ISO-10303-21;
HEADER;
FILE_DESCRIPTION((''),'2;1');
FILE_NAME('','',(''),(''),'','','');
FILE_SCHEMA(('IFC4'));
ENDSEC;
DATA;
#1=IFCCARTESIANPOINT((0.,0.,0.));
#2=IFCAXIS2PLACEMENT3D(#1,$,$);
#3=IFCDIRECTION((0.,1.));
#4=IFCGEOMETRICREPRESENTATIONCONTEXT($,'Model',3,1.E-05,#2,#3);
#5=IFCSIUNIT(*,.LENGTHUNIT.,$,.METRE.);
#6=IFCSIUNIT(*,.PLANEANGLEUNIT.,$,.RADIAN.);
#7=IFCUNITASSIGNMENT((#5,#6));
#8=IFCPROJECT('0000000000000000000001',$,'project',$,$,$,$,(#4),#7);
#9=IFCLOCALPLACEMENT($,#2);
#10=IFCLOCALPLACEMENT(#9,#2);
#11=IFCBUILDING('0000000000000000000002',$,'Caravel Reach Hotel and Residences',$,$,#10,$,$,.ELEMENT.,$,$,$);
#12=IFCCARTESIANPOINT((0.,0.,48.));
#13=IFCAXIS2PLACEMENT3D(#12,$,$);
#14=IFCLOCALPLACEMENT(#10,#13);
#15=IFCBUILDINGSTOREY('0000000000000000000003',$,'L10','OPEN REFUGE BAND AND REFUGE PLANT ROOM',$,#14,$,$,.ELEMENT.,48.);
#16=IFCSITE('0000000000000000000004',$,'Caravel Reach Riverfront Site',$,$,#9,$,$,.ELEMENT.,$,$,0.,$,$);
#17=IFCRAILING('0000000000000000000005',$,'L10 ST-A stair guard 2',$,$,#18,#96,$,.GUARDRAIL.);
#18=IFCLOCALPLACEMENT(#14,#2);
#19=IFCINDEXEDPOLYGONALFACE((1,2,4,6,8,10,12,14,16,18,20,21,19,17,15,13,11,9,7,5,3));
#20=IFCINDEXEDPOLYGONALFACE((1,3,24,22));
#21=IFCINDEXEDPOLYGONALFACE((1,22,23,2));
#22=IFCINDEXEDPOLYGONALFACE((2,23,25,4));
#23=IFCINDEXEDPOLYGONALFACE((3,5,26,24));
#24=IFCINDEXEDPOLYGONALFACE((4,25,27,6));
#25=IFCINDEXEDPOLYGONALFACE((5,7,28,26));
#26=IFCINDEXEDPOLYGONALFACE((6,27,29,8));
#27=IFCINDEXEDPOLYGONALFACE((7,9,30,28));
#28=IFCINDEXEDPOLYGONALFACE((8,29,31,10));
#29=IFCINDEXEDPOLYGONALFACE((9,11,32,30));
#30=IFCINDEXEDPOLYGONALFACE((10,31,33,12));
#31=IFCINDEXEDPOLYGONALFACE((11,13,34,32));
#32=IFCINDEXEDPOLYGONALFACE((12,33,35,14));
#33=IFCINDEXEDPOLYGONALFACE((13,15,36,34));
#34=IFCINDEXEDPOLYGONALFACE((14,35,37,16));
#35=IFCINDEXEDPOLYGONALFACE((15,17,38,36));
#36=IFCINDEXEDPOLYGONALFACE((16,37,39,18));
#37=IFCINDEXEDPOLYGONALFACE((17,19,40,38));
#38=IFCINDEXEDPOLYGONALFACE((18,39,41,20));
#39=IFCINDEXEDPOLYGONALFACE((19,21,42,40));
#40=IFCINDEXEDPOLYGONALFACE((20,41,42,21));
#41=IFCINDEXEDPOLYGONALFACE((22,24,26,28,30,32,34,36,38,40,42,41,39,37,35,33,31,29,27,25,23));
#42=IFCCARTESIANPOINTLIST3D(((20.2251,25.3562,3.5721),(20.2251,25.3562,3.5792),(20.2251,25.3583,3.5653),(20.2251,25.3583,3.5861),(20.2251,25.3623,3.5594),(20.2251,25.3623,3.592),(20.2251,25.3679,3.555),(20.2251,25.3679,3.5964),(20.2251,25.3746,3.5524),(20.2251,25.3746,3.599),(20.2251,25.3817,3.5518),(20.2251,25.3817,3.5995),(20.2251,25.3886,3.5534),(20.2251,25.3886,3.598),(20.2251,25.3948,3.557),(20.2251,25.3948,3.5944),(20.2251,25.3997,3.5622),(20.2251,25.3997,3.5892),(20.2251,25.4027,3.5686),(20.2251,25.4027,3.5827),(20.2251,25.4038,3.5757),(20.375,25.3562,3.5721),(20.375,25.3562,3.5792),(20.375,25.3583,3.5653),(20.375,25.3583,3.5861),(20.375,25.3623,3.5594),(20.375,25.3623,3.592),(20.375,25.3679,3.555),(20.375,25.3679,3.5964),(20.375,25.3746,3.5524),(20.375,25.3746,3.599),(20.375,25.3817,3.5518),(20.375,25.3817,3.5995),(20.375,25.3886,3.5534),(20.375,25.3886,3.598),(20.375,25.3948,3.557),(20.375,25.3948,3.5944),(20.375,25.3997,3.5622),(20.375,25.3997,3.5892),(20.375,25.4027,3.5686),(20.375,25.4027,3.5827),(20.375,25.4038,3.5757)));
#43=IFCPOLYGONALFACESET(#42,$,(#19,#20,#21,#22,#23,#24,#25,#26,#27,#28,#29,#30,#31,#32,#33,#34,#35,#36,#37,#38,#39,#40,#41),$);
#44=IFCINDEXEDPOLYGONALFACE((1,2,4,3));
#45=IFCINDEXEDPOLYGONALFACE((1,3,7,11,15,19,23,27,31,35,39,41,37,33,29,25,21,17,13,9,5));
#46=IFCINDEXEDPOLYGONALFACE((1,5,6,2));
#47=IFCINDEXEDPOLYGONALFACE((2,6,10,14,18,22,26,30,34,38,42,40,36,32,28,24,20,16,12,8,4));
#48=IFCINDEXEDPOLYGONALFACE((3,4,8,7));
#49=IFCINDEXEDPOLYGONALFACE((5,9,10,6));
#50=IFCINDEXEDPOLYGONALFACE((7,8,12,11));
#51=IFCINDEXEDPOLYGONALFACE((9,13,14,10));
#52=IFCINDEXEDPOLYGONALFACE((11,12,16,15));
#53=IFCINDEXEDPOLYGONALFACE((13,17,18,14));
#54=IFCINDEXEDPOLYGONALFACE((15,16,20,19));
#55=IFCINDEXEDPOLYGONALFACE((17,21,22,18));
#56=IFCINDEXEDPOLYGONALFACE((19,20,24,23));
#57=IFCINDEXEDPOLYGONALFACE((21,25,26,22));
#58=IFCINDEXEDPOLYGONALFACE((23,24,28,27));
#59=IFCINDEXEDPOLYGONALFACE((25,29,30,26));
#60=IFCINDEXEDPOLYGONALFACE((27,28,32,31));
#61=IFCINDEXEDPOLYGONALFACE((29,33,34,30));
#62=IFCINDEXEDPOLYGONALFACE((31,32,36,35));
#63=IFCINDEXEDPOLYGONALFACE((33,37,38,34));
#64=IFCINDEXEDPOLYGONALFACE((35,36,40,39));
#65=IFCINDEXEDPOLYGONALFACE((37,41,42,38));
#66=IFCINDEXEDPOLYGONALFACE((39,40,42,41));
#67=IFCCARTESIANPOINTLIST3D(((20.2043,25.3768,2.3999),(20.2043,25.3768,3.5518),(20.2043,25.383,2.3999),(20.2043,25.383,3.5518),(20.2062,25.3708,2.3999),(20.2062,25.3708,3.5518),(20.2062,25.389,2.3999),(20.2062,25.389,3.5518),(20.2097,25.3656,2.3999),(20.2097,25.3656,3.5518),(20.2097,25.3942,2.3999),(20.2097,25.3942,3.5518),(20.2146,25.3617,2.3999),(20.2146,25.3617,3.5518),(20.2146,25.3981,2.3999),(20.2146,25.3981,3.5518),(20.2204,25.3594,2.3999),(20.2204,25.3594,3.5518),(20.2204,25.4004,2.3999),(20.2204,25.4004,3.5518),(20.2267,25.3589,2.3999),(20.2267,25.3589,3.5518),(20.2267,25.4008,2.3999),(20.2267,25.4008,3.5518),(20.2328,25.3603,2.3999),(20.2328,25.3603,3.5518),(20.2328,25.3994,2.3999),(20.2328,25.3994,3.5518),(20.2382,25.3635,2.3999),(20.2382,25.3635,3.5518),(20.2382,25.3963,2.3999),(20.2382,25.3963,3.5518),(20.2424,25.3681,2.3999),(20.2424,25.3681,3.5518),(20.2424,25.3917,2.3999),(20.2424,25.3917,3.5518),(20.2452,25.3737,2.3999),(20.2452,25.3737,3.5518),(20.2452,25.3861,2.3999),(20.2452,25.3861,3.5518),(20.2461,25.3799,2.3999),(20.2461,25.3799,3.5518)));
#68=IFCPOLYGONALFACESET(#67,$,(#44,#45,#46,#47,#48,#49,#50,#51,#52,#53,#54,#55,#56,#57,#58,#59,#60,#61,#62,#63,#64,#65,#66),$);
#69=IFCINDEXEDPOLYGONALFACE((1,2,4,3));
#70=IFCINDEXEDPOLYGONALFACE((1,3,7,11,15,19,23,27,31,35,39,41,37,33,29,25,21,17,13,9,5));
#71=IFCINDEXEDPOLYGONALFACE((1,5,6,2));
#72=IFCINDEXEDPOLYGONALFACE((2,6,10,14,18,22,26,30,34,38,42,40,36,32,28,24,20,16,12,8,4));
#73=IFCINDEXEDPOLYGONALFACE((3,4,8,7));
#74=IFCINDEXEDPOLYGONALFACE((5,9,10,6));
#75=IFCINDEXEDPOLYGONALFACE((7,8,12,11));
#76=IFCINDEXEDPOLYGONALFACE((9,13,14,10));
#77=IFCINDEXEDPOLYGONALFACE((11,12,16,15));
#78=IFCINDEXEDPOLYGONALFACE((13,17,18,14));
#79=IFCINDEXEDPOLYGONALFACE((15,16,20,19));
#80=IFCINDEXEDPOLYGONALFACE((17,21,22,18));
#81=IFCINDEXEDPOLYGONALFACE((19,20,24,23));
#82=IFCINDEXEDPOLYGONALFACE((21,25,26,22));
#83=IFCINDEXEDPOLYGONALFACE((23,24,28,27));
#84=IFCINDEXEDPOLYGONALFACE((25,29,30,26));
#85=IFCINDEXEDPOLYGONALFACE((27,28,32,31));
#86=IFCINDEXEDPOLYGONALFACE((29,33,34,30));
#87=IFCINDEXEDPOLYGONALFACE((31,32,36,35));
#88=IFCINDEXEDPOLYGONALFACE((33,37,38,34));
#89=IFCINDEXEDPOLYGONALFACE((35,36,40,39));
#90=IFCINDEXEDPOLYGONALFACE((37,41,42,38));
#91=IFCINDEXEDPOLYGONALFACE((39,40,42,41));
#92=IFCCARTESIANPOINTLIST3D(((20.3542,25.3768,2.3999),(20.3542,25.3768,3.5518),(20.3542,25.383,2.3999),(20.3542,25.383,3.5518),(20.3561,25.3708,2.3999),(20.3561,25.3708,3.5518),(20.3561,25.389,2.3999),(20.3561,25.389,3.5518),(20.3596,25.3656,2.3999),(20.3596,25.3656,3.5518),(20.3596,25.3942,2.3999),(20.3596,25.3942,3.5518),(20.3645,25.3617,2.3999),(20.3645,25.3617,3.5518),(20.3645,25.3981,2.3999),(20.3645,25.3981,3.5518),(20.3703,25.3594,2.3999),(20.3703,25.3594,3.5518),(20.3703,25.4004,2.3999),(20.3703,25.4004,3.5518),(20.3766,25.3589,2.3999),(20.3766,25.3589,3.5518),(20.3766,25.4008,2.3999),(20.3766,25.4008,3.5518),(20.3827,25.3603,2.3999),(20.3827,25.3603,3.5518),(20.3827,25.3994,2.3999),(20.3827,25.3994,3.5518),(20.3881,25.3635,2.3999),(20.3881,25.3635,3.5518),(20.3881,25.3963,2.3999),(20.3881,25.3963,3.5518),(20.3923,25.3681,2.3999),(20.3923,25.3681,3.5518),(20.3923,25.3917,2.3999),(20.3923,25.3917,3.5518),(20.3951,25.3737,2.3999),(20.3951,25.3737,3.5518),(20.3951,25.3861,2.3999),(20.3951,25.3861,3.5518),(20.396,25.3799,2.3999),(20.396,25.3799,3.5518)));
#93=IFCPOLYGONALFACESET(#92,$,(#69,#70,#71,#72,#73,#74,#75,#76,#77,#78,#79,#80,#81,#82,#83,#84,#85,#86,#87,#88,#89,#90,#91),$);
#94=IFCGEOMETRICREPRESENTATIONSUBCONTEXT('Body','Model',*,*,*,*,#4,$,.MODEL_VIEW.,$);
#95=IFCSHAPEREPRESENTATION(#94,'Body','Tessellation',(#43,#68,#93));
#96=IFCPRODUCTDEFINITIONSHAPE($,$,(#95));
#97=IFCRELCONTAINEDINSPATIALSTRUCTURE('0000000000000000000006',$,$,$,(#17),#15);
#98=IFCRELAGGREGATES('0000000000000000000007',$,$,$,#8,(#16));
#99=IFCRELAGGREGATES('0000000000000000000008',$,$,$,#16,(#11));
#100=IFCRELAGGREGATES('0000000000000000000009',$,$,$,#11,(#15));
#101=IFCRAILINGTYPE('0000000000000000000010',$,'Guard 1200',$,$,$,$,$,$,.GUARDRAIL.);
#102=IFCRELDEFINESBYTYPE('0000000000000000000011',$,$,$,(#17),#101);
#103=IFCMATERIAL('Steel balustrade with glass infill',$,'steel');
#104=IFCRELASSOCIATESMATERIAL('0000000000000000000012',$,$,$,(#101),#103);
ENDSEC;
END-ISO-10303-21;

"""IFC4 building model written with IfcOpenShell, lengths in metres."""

from ifc_helpers import new_model, si_unit, direction, frame, origin, origin_2d, place, context, subcontext, project, spatial, circle, extrude, material, type_object, element, save


model = new_model("IFC4")

# Units and contexts
model_context = context("Model", 3, precision=1e-05, world=origin(), true_north=direction((0.0, 1.0)))
body_context = subcontext(model_context, "Body", "Model", "MODEL_VIEW")
ifc_project = project(units=[si_unit("LENGTHUNIT", "METRE"), si_unit("PLANEANGLEUNIT", "RADIAN")], contexts=[model_context])

# Site, building, storey
site_placement = place(None, origin())
site = spatial("IfcSite", under=ifc_project, at=site_placement, Name="Caravel Reach Riverfront Site", CompositionType="ELEMENT", RefElevation=0.0)
building_placement = place(site_placement, origin())
building = spatial("IfcBuilding", under=site, at=building_placement, Name="Caravel Reach Hotel and Residences", CompositionType="ELEMENT")
storey_placement = place(building_placement, frame((0.0, 0.0, 48.0)))
storey = spatial("IfcBuildingStorey", under=building, at=storey_placement, Name="L10", Description="OPEN REFUGE BAND AND REFUGE PLANT ROOM", CompositionType="ELEMENT", Elevation=48.0)

# Railing
ifc_material_1 = material(Name="Steel balustrade with glass infill", Category="steel")
railing_type_1 = type_object("IfcRailingType", Name="Guard 1200", PredefinedType="GUARDRAIL", material=ifc_material_1)
railing_1_placement = place(storey_placement, frame((20.2251, 25.3799, 2.3999)))
element("IfcRailing", 1, at=railing_1_placement, inside=storey, type_object=railing_type_1, Name="L10 ST-A stair guard 2", PredefinedType="GUARDRAIL", context=body_context, shape_type="SweptSolid", body=[
    extrude(circle(Radius=0.0239, at=origin_2d()), frame((0.0, 0.0, 1.1758), z_axis=(1.0, 0.0, 0.0), x_axis=(0.0, 1.0, 0.0)), (0.0, 0.0, 1.0), 0.1499),
    extrude(circle(Radius=0.021, at=origin_2d()), origin(), (0.0, 0.0, 1.0), 1.1519),
    extrude(circle(Radius=0.021, at=origin_2d()), frame((0.1499, 0.0, 0.0)), (0.0, 0.0, 1.0), 1.1519),
])

save(model, "model.ifc")
